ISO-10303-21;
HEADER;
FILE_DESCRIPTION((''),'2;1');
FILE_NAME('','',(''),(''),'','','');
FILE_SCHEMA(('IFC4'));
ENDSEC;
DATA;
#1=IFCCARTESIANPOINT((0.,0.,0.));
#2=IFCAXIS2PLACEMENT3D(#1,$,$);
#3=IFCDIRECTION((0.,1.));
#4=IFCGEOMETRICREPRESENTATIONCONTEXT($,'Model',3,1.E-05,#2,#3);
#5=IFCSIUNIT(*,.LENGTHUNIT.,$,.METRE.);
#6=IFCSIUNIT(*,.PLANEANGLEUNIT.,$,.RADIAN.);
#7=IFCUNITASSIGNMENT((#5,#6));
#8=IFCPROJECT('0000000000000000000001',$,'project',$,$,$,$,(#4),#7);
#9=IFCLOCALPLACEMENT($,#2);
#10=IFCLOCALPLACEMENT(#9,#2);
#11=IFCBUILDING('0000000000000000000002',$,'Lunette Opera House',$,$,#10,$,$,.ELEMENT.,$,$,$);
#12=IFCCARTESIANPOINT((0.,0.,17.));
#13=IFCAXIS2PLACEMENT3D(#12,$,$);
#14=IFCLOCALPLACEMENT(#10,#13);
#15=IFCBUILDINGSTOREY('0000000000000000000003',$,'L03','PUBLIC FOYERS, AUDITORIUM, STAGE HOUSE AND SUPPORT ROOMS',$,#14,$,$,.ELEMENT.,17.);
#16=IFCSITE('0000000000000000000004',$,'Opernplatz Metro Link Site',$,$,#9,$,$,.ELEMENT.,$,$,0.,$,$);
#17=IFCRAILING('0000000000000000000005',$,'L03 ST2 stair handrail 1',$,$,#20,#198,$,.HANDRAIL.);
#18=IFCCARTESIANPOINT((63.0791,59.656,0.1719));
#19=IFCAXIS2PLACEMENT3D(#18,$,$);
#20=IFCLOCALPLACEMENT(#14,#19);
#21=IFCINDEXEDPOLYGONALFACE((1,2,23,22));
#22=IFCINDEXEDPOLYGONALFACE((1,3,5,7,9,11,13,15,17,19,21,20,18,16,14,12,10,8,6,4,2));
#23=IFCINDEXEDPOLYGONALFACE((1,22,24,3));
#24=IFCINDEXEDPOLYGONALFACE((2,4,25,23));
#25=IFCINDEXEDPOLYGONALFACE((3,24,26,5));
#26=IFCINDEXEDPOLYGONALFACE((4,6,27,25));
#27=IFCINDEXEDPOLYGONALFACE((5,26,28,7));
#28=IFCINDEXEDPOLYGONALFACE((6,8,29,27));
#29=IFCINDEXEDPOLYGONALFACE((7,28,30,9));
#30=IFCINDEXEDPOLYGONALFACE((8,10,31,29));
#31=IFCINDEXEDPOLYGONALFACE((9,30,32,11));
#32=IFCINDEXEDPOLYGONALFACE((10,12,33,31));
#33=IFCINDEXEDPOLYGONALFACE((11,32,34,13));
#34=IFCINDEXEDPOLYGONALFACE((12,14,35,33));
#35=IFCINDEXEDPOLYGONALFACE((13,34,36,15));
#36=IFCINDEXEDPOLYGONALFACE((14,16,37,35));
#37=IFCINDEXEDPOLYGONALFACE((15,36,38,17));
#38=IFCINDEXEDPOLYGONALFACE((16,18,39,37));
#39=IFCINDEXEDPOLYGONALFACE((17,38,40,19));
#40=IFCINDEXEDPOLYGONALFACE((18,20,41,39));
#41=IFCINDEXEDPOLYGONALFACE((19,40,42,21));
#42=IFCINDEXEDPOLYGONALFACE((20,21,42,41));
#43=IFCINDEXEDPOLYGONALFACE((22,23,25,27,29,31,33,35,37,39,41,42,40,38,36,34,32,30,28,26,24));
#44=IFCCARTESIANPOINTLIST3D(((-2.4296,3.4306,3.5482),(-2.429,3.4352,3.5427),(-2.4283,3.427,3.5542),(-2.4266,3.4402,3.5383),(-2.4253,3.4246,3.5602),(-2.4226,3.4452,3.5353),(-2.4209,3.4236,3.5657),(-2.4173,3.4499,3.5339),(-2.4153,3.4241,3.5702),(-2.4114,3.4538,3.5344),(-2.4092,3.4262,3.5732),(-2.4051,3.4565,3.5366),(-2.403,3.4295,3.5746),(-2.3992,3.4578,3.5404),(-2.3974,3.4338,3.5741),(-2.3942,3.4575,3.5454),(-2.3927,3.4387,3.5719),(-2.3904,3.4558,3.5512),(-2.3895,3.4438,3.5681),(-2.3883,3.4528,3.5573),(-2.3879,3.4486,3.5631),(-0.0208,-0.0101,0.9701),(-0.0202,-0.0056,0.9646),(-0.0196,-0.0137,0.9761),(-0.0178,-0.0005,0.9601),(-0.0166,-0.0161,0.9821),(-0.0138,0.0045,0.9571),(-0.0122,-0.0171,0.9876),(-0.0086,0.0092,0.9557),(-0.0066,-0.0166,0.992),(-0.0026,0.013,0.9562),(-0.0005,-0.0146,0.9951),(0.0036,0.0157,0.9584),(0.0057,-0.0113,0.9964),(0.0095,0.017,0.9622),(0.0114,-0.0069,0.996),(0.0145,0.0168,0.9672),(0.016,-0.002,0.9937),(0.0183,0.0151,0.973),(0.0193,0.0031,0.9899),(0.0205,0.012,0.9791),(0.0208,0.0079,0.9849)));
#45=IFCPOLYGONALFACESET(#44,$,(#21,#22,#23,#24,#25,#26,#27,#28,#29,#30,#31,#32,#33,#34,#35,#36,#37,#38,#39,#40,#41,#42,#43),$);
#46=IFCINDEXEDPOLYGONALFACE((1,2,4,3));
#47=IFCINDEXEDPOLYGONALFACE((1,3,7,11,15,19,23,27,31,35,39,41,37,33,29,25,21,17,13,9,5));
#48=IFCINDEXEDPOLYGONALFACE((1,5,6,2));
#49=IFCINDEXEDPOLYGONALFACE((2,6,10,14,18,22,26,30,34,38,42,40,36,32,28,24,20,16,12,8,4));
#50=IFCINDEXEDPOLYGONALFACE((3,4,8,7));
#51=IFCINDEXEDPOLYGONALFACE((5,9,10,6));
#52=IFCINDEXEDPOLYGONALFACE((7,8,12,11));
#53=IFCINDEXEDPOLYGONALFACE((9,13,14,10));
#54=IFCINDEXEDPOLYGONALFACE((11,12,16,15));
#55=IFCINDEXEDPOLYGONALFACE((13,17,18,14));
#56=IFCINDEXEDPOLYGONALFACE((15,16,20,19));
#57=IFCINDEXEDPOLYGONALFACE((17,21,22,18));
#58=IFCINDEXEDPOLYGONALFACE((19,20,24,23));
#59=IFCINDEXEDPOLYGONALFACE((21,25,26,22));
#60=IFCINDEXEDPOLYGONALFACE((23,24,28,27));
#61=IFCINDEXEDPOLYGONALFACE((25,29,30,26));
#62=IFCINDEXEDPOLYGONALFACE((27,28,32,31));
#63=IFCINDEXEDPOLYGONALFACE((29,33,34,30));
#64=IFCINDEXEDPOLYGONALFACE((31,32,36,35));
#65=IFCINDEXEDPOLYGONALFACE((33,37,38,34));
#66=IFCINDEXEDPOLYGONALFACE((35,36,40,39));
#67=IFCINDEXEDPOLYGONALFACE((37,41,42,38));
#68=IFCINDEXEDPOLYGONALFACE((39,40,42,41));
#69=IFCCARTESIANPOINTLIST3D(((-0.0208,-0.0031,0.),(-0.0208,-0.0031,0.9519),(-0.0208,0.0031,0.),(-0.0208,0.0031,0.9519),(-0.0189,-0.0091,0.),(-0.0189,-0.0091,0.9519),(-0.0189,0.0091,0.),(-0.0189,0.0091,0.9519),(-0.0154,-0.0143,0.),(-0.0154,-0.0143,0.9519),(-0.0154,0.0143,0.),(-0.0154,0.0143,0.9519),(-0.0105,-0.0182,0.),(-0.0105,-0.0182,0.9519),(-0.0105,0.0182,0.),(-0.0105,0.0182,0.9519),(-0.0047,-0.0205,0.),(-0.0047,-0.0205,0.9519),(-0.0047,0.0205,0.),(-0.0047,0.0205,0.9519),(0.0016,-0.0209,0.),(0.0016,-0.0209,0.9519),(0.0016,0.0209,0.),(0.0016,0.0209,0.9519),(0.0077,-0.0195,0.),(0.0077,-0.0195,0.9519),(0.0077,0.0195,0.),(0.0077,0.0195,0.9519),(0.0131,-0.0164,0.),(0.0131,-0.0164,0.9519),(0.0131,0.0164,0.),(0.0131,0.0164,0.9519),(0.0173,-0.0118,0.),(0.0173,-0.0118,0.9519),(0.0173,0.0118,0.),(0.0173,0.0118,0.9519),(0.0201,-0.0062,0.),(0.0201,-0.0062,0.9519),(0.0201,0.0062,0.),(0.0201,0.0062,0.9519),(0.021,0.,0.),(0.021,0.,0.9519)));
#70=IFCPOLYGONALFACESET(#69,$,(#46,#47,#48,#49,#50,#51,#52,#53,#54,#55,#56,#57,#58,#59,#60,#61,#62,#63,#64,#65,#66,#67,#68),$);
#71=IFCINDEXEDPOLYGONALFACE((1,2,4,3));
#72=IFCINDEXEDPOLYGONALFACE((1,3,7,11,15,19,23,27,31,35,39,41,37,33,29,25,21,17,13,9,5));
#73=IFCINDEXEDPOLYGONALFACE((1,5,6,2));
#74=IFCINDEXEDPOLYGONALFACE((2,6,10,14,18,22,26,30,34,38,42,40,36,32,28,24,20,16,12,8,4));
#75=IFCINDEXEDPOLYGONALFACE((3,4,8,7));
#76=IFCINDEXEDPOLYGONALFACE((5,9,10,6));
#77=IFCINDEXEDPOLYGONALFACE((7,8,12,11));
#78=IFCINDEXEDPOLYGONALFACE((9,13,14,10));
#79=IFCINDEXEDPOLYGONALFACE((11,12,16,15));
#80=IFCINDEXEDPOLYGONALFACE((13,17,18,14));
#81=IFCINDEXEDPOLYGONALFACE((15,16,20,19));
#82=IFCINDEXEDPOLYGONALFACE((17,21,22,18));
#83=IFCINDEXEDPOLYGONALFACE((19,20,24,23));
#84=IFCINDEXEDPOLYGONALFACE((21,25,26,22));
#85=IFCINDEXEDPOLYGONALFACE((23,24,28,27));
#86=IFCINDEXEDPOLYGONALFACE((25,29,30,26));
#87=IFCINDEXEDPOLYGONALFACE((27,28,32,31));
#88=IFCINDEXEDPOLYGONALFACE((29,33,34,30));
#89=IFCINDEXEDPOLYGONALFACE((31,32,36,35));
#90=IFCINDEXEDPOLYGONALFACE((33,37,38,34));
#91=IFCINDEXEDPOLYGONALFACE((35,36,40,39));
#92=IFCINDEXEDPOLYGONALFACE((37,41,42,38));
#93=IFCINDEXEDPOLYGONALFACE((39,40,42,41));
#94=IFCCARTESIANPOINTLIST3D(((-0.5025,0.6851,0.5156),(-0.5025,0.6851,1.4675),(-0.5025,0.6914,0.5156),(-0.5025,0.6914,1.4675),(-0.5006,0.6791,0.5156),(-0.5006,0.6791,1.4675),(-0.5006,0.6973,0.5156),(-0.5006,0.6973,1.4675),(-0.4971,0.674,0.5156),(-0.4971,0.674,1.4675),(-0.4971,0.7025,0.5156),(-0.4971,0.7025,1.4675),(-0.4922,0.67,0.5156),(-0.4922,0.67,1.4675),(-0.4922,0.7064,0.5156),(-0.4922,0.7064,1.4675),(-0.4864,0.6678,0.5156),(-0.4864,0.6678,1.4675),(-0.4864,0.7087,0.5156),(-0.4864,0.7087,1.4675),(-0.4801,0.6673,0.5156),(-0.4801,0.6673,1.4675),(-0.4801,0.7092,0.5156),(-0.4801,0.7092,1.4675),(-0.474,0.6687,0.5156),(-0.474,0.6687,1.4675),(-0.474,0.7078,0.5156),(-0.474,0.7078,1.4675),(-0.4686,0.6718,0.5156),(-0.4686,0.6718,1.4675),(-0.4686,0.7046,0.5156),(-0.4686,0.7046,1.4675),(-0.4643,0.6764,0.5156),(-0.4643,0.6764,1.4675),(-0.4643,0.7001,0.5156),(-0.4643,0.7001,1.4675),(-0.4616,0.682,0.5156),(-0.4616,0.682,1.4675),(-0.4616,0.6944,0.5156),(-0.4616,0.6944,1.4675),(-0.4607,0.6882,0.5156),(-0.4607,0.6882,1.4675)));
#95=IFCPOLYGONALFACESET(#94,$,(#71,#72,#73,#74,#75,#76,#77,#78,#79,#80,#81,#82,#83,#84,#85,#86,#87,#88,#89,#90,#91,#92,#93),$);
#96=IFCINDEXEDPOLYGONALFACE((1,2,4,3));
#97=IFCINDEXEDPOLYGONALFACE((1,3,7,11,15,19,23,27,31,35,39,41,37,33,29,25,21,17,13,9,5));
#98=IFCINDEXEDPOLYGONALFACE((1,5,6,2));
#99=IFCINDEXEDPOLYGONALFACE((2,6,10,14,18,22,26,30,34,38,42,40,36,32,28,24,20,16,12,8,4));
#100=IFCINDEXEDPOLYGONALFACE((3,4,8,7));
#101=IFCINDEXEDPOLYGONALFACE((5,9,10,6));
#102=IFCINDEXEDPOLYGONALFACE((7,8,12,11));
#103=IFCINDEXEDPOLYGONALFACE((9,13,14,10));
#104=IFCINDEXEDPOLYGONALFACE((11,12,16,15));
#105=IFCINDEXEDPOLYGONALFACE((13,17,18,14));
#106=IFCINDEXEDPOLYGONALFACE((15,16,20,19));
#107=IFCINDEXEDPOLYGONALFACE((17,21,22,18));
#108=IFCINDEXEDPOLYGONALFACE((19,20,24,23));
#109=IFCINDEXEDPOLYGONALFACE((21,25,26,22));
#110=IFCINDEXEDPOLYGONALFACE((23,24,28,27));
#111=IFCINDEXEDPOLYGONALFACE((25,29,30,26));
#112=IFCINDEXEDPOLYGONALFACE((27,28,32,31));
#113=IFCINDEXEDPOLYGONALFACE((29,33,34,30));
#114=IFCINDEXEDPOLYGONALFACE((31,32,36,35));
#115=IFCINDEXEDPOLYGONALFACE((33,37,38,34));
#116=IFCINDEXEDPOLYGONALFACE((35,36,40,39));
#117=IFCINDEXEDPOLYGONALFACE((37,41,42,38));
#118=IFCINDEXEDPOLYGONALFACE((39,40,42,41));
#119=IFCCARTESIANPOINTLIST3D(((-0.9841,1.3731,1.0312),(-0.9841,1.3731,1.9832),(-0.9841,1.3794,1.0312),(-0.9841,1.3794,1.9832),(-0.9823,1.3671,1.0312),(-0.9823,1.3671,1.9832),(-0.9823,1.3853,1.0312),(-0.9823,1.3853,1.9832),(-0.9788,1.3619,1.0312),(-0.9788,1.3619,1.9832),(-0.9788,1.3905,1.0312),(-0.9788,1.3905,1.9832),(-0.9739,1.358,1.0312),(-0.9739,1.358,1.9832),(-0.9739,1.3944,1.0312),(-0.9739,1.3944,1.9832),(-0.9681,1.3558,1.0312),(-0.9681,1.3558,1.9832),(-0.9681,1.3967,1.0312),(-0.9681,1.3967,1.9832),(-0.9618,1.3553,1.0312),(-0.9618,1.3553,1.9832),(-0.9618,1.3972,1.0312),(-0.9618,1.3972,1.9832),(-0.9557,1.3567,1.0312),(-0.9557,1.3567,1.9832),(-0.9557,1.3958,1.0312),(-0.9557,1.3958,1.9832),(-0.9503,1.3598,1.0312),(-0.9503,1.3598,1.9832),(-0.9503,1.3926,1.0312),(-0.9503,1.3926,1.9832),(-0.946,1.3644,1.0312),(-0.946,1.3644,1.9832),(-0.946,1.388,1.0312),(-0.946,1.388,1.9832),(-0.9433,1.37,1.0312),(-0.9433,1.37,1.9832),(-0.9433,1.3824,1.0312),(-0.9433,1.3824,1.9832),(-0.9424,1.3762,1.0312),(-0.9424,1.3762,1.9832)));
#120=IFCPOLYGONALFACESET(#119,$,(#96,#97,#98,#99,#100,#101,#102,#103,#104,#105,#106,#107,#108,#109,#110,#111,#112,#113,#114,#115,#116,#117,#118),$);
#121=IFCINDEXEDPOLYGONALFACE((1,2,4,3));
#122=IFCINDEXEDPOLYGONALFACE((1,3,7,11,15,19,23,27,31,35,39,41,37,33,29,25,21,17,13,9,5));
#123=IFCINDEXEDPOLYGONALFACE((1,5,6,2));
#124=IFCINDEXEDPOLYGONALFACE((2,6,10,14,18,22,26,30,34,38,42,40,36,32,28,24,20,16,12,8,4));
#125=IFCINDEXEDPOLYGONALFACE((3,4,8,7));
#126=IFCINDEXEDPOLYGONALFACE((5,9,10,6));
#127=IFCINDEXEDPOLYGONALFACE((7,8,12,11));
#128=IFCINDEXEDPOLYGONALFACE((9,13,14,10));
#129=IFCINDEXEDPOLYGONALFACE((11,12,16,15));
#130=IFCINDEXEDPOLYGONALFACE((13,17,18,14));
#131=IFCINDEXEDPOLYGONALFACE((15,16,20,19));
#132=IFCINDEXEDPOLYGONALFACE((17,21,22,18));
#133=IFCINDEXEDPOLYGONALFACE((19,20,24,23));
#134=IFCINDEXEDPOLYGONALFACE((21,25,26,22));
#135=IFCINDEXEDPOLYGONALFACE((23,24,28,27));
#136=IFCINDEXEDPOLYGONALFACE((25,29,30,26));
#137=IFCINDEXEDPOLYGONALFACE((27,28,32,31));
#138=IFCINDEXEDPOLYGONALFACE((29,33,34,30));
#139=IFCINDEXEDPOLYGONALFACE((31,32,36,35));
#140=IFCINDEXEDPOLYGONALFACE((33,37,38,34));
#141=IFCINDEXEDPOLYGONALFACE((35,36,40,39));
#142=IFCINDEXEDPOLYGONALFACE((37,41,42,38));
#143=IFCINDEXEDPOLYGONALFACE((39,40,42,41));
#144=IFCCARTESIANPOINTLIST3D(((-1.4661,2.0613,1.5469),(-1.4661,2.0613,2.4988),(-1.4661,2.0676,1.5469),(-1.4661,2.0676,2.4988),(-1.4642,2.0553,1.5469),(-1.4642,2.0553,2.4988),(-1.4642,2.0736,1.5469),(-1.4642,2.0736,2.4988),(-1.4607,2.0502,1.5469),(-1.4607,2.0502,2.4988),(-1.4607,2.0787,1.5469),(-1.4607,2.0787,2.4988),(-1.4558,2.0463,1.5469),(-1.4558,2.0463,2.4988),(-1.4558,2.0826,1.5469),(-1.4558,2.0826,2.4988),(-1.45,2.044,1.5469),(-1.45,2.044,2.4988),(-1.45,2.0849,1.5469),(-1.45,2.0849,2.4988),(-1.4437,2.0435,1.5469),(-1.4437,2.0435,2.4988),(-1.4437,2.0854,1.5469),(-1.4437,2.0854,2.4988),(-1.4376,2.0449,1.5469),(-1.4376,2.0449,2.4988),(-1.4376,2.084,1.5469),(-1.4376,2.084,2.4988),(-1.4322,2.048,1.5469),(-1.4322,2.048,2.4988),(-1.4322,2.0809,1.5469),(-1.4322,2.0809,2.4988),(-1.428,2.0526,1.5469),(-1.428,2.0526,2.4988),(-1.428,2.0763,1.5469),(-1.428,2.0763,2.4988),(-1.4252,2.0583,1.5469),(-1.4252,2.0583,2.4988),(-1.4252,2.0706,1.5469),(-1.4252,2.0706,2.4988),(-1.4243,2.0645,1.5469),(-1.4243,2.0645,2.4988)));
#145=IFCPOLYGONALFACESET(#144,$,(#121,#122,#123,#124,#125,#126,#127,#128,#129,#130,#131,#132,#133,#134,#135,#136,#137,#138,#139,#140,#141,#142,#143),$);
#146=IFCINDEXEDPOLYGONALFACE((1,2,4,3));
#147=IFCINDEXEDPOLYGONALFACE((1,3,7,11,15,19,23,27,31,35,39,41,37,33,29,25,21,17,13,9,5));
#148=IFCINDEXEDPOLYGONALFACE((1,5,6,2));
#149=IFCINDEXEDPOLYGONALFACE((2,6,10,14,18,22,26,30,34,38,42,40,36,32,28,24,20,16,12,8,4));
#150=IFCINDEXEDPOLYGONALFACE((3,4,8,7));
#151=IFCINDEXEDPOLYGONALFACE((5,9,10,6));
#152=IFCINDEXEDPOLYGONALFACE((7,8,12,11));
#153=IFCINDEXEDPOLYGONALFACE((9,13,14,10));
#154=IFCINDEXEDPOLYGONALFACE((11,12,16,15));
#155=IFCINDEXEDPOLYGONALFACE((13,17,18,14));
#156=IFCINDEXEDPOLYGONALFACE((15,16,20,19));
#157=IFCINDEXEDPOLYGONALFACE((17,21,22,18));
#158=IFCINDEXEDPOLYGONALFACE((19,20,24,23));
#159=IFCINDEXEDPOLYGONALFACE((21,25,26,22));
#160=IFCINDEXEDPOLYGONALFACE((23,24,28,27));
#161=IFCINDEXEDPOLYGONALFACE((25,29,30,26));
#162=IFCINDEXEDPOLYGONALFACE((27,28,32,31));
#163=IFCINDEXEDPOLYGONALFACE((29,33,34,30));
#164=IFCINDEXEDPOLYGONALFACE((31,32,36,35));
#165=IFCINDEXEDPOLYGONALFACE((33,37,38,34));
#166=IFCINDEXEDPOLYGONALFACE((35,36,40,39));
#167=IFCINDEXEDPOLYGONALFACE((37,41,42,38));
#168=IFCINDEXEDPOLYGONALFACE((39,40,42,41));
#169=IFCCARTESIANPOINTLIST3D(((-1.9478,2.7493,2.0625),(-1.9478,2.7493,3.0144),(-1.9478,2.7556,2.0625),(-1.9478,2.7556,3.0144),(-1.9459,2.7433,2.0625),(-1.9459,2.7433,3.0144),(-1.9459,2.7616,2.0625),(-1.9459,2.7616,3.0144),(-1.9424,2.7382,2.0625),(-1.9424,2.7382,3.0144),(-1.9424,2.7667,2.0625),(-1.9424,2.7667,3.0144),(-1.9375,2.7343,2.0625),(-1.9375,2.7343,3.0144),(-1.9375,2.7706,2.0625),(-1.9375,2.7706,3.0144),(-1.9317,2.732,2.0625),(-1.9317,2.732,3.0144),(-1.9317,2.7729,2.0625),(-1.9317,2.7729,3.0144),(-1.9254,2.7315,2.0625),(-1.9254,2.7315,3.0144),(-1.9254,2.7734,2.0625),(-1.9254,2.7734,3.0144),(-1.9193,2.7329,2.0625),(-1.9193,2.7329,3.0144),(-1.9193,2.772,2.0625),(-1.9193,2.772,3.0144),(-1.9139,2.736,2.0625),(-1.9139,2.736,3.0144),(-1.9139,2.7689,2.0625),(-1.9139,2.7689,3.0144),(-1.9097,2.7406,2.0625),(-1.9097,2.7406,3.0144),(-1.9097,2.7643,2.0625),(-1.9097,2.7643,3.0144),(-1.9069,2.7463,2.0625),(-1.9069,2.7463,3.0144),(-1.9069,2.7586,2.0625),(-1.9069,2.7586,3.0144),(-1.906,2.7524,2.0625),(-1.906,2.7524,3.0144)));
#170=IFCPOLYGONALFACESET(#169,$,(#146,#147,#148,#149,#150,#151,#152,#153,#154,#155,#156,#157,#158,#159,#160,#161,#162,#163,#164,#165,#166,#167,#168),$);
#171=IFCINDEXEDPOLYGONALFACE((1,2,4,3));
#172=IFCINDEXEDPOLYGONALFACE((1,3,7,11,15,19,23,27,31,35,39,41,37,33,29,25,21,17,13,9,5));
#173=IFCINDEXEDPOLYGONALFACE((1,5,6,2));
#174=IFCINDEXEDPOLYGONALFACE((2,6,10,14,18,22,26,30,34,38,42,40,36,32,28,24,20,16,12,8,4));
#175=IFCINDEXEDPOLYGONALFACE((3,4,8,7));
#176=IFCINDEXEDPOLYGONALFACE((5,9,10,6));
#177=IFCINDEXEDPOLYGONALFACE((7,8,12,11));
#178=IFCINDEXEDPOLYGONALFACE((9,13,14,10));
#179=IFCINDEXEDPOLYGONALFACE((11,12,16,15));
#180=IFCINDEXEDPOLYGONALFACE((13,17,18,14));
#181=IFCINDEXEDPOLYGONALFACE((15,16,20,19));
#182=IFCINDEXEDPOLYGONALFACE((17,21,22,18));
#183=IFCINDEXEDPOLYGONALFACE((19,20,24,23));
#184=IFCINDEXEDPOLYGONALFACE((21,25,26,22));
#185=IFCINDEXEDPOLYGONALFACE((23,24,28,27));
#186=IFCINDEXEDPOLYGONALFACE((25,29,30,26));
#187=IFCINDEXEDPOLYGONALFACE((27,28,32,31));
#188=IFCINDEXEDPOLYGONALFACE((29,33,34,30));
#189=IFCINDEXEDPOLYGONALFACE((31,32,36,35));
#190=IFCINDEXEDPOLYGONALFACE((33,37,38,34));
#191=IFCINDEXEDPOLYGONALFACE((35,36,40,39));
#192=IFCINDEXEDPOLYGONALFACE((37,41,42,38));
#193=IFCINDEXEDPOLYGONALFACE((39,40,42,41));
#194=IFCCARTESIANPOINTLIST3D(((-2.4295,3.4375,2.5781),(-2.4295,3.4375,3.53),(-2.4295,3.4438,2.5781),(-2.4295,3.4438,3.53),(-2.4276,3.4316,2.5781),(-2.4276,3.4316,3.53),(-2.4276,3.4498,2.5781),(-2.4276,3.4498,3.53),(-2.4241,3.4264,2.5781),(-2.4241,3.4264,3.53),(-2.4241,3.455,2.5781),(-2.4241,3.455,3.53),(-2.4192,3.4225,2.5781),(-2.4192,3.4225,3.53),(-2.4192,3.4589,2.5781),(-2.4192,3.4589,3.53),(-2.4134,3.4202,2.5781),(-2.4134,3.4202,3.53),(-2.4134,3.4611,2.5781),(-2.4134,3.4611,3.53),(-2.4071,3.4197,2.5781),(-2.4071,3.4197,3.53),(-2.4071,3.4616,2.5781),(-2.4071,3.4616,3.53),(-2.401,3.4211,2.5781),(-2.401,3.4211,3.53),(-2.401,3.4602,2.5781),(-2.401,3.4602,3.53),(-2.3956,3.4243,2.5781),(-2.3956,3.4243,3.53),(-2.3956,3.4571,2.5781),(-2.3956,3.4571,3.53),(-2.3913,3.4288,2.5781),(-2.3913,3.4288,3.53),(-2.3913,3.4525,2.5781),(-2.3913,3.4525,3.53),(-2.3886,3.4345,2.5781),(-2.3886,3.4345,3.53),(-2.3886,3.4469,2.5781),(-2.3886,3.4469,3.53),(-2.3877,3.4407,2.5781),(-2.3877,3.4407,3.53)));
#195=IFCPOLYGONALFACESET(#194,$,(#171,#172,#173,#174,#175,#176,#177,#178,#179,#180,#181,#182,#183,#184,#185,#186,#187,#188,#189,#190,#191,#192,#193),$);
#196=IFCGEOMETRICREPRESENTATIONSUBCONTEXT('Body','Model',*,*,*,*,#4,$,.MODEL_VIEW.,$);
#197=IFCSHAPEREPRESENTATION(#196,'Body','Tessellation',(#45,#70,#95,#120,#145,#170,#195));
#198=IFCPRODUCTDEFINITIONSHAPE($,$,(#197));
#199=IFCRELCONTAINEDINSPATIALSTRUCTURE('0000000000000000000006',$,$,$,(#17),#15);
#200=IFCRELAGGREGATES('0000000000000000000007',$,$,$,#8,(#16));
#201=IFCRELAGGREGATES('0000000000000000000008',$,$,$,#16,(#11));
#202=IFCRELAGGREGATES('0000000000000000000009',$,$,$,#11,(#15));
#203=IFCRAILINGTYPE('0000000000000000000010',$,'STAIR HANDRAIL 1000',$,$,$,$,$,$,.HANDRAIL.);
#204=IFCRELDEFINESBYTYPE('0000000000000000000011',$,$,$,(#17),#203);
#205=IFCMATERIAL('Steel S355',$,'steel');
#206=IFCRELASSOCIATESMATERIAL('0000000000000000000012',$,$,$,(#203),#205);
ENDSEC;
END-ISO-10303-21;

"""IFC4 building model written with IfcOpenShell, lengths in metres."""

from ifc_helpers import new_model, si_unit, direction, frame, origin, origin_2d, place, context, subcontext, project, spatial, circle, extrude, material, type_object, element, save


model = new_model("IFC4")

# Units and contexts
model_context = context("Model", 3, precision=1e-05, world=origin(), true_north=direction((0.0, 1.0)))
body_context = subcontext(model_context, "Body", "Model", "MODEL_VIEW")
ifc_project = project(units=[si_unit("LENGTHUNIT", "METRE"), si_unit("PLANEANGLEUNIT", "RADIAN")], contexts=[model_context])

# Site, building, storey
site_placement = place(None, origin())
site = spatial("IfcSite", under=ifc_project, at=site_placement, Name="Opernplatz Metro Link Site", CompositionType="ELEMENT", RefElevation=0.0)
building_placement = place(site_placement, origin())
building = spatial("IfcBuilding", under=site, at=building_placement, Name="Lunette Opera House", CompositionType="ELEMENT")
storey_placement = place(building_placement, frame((0.0, 0.0, 17.0)))
storey = spatial("IfcBuildingStorey", under=building, at=storey_placement, Name="L03", Description="PUBLIC FOYERS, AUDITORIUM, STAGE HOUSE AND SUPPORT ROOMS", CompositionType="ELEMENT", Elevation=17.0)

# Railing
ifc_material_1 = material(Name="Steel S355", Category="steel")
railing_type = type_object("IfcRailingType", Name="STAIR HANDRAIL 1000", PredefinedType="HANDRAIL", material=ifc_material_1)
railing_placement = place(storey_placement, frame((63.0791, 59.656, 0.1719)))
element("IfcRailing", 1, at=railing_placement, inside=storey, type_object=railing_type, Name="L03 ST2 stair handrail 1", PredefinedType="HANDRAIL", context=body_context, shape_type="SweptSolid", body=[
    extrude(circle(Radius=0.0239, at=origin_2d()), frame((0.0, 0.0, 0.9761), z_axis=(-0.488761, 0.698166, 0.523142), x_axis=(-0.819207, -0.573497, 0.0)), (0.0, 0.0, 1.0), 4.9282),
    extrude(circle(Radius=0.021, at=origin_2d()), origin(), (0.0, 0.0, 1.0), 0.9519),
    extrude(circle(Radius=0.021, at=origin_2d()), frame((-0.4817, 0.6882, 0.5156)), (0.0, 0.0, 1.0), 0.9519),
    extrude(circle(Radius=0.021, at=origin_2d()), frame((-0.9634, 1.3762, 1.0312)), (0.0, 0.0, 1.0), 0.9519),
    extrude(circle(Radius=0.021, at=origin_2d()), frame((-1.4453, 2.0645, 1.5469)), (0.0, 0.0, 1.0), 0.9519),
    extrude(circle(Radius=0.021, at=origin_2d()), frame((-1.927, 2.7524, 2.0625)), (0.0, 0.0, 1.0), 0.9519),
    extrude(circle(Radius=0.021, at=origin_2d()), frame((-2.4087, 3.4407, 2.5781)), (0.0, 0.0, 1.0), 0.9519),
])

save(model, "model.ifc")
